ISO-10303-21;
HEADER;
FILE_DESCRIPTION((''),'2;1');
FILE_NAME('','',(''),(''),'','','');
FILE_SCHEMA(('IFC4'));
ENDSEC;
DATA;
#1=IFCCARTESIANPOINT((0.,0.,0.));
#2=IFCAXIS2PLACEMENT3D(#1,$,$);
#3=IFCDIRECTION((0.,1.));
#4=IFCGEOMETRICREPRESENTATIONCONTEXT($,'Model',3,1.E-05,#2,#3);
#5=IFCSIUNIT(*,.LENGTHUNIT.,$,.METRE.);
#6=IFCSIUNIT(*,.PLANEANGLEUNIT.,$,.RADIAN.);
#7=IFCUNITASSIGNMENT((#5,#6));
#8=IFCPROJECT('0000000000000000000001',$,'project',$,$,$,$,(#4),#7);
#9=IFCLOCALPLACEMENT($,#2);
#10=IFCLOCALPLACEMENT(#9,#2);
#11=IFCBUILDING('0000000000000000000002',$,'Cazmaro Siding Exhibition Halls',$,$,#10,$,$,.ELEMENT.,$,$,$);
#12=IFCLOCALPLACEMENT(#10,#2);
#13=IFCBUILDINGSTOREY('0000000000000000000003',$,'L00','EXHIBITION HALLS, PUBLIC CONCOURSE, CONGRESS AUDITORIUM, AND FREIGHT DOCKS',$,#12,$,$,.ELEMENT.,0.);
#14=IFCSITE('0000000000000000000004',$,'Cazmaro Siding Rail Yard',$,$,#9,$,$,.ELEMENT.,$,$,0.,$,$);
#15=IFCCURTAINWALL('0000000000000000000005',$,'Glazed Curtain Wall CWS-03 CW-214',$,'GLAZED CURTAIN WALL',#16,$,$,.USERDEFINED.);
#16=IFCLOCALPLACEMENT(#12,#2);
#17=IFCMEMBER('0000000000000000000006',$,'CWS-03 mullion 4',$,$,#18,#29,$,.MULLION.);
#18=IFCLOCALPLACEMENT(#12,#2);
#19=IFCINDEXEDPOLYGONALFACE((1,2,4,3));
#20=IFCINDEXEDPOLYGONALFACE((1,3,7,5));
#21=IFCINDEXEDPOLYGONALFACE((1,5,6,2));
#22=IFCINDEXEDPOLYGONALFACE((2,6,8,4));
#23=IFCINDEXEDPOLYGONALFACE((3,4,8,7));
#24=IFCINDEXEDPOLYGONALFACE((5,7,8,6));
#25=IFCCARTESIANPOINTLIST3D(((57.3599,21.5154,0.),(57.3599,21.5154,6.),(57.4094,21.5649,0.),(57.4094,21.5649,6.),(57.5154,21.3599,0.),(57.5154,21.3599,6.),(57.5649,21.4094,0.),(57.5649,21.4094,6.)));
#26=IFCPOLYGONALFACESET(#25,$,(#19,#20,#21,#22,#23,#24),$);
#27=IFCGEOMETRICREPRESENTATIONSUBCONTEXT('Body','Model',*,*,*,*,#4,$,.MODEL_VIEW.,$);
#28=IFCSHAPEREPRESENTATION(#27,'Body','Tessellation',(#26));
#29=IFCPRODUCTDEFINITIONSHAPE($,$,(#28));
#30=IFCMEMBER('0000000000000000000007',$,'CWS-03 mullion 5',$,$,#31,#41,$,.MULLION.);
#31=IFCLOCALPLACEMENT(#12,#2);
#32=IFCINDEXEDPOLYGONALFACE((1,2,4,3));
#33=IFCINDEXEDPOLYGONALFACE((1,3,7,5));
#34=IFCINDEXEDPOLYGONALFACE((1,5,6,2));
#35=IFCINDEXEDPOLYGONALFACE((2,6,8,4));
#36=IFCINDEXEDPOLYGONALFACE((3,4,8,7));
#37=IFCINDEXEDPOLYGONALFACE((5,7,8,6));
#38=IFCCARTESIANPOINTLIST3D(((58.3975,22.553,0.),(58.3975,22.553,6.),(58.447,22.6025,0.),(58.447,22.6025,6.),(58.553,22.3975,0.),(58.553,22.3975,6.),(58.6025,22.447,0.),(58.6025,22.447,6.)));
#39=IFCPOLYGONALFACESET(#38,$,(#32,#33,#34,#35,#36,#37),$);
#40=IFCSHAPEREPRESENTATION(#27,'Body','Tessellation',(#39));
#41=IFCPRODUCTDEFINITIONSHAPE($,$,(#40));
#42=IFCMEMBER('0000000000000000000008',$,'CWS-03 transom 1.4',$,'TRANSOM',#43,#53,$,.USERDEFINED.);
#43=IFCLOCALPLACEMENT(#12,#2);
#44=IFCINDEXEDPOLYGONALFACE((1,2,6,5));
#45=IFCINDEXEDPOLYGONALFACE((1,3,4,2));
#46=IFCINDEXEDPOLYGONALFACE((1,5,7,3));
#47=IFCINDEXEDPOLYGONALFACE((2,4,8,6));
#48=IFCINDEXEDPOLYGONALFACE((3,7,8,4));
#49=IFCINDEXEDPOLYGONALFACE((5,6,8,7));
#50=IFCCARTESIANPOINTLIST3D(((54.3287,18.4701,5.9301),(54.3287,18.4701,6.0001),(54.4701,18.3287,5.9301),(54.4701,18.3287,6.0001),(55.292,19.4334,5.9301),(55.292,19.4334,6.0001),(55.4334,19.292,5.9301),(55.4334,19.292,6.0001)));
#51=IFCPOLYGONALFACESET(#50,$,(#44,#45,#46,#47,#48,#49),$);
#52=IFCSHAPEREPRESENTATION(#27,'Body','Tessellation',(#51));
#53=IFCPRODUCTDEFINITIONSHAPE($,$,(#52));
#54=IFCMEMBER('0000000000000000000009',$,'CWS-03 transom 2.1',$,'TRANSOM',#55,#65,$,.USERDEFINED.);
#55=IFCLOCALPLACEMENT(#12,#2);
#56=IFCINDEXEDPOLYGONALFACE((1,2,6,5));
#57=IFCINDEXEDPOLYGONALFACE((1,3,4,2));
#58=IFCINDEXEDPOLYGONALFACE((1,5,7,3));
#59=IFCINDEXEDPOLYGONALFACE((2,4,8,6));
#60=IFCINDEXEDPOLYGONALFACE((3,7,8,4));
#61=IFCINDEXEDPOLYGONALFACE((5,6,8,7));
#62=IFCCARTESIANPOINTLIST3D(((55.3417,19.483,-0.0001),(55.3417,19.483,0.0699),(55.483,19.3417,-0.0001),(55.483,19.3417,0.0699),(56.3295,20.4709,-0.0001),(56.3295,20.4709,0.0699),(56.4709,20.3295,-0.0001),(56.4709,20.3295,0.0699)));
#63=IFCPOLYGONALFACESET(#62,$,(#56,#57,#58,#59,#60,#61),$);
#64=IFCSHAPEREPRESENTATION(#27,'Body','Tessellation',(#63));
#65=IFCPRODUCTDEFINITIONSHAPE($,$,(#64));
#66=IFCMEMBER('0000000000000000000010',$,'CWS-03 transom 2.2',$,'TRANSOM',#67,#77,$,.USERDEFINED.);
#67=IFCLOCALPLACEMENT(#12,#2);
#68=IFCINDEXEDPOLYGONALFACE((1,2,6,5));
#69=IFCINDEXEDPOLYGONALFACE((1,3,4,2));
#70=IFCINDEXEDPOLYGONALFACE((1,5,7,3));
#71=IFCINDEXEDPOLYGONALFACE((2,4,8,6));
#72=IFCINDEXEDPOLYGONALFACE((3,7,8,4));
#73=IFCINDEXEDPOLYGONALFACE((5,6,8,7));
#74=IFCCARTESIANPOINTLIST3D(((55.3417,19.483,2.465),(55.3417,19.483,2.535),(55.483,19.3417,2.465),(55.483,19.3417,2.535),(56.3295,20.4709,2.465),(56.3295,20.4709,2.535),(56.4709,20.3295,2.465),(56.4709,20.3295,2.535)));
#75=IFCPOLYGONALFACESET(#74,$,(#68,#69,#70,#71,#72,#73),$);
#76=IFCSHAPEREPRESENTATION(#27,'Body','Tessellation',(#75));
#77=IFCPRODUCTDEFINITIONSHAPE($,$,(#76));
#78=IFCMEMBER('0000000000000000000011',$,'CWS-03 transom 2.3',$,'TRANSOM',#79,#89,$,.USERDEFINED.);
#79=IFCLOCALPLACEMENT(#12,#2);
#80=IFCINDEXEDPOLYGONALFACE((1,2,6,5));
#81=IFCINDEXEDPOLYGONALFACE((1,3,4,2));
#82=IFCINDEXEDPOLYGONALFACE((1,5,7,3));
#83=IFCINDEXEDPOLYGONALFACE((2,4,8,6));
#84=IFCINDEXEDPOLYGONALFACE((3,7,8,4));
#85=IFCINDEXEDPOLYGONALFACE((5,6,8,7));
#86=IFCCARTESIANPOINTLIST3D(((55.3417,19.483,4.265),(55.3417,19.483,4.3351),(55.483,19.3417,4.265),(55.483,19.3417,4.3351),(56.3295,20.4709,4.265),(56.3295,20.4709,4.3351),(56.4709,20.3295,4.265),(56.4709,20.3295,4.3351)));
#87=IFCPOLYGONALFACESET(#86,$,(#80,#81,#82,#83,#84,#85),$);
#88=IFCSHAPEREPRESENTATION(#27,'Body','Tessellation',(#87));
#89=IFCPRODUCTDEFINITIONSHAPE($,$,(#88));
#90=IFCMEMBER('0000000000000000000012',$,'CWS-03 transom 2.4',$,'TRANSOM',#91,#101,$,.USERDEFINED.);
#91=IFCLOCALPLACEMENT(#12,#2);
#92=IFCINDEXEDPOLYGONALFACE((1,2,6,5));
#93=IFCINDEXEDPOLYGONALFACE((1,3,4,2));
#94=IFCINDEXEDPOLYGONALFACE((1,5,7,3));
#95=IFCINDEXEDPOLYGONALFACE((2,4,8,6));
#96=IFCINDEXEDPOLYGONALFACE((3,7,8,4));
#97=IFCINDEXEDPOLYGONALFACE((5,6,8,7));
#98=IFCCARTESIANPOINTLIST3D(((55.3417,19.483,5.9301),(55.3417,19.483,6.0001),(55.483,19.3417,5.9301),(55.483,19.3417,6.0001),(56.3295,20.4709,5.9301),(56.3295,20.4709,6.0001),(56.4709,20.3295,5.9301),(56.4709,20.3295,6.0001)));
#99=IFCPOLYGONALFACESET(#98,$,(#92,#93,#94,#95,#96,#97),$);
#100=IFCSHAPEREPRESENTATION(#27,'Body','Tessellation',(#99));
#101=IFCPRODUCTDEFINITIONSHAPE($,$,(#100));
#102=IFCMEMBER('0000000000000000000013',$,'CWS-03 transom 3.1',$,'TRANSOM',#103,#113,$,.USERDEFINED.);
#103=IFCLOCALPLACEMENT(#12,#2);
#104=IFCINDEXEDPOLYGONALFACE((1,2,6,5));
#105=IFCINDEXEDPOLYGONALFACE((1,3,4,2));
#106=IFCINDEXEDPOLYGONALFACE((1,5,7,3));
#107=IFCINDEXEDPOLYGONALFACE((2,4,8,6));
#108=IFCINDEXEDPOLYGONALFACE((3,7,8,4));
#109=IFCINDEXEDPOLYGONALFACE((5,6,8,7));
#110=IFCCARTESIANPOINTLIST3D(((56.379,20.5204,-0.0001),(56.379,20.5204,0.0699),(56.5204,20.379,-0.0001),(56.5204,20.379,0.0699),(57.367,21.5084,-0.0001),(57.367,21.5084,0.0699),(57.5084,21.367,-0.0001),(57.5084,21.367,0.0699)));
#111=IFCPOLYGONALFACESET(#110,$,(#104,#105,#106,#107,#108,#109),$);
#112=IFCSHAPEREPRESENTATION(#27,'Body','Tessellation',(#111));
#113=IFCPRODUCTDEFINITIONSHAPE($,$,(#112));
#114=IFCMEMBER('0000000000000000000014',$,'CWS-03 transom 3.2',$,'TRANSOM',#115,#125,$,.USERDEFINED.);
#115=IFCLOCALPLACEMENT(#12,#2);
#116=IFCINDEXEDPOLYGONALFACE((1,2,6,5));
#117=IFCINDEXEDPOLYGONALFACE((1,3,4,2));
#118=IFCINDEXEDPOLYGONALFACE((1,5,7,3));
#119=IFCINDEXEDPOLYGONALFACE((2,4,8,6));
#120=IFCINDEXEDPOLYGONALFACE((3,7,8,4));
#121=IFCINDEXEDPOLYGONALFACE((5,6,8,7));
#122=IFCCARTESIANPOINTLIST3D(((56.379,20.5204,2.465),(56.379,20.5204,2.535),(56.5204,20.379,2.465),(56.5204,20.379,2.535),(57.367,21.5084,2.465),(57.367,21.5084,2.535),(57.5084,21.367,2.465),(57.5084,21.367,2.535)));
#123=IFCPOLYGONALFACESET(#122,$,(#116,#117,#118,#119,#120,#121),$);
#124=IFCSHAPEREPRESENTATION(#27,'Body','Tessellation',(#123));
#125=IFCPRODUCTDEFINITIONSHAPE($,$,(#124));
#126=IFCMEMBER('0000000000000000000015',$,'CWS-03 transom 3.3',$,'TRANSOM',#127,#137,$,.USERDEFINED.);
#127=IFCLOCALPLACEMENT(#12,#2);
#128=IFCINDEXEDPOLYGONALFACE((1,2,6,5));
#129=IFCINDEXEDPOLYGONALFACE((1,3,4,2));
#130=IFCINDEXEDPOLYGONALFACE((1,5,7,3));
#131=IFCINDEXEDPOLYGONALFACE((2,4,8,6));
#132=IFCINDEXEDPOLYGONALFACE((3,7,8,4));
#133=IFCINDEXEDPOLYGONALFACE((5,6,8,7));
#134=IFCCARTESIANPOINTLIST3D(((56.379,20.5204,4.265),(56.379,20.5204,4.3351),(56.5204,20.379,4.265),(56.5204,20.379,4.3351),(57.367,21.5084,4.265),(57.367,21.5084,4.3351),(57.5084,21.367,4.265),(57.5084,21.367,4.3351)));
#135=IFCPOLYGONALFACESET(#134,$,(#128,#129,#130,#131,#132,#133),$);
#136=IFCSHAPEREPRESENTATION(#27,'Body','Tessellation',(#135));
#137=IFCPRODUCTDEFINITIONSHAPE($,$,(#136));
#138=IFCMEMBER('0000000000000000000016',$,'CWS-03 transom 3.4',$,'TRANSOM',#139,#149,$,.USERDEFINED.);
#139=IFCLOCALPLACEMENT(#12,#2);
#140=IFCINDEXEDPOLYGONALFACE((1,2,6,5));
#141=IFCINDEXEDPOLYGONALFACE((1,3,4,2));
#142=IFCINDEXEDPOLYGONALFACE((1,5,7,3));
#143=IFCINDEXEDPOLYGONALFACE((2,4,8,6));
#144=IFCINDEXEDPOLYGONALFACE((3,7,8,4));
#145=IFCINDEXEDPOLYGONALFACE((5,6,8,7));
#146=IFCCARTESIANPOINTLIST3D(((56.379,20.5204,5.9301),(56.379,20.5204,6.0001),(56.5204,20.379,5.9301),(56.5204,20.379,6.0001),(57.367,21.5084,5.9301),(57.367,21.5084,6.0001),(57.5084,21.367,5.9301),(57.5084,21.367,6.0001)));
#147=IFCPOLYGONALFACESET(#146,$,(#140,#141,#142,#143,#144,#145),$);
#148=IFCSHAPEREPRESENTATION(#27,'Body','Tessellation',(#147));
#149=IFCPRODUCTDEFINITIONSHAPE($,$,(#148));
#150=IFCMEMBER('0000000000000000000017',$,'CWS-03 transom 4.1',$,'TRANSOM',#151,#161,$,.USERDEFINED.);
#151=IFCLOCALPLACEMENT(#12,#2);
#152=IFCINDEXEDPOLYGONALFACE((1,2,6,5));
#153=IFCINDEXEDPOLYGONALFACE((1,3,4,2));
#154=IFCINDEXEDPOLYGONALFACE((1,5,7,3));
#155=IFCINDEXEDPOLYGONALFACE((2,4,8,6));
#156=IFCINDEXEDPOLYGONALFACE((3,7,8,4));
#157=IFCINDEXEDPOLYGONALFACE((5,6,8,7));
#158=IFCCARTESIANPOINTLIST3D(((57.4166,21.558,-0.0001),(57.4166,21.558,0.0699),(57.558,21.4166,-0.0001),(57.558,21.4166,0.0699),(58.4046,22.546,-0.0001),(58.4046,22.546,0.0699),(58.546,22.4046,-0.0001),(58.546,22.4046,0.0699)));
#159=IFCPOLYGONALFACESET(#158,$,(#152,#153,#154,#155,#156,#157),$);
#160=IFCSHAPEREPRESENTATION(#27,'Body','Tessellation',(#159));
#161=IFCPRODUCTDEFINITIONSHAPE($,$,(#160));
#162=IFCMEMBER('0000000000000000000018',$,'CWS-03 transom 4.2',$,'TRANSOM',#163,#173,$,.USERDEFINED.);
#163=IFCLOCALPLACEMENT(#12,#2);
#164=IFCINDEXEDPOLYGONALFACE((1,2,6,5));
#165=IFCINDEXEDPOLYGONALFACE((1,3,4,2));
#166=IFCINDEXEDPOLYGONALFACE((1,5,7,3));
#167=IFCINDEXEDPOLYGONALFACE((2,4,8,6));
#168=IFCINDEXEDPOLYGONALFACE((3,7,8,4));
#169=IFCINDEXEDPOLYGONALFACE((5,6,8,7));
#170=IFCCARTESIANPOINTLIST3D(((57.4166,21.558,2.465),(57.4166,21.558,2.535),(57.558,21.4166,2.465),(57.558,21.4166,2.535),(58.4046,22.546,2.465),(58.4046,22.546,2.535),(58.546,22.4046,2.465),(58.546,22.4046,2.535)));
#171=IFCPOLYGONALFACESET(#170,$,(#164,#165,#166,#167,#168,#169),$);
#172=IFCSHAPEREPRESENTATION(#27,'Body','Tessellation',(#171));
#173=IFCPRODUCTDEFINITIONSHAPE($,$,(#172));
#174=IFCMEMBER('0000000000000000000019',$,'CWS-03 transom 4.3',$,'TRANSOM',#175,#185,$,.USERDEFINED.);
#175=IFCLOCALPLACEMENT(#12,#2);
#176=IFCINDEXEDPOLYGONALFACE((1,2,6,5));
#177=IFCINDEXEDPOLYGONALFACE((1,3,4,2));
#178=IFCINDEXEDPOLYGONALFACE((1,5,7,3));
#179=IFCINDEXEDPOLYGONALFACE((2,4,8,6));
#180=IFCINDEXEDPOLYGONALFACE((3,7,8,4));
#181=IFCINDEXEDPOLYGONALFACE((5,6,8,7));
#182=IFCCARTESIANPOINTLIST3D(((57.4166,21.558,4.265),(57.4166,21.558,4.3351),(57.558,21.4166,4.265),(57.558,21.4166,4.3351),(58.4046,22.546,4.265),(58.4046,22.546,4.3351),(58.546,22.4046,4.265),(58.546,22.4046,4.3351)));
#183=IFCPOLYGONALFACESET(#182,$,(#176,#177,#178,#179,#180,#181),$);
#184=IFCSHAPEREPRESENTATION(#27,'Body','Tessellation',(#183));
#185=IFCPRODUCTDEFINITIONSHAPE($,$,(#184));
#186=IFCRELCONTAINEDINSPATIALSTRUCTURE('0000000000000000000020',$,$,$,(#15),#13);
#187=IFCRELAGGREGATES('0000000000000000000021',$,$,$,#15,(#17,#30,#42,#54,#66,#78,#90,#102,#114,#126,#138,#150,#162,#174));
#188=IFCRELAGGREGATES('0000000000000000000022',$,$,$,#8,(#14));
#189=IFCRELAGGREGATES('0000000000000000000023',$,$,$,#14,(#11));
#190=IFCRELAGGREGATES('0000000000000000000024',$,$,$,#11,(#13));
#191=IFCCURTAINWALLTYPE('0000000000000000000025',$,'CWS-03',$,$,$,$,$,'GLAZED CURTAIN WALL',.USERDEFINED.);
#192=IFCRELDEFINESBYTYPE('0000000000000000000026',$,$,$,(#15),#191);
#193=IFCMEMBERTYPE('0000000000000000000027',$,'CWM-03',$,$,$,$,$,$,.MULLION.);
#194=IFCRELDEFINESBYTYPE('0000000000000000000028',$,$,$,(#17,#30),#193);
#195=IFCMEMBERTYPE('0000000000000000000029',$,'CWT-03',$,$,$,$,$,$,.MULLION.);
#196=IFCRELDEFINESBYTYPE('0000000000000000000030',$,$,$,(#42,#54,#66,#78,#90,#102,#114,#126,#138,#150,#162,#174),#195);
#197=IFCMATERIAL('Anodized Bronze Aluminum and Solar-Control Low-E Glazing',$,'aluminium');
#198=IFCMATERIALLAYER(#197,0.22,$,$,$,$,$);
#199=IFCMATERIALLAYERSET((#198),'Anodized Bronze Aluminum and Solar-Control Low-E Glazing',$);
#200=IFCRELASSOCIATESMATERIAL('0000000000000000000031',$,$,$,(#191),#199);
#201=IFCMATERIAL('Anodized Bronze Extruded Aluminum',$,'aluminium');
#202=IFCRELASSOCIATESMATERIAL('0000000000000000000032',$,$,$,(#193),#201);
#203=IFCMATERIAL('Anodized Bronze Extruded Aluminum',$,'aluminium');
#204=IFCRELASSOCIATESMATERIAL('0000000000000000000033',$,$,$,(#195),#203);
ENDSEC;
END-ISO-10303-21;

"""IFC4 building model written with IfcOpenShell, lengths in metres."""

from ifc_helpers import new_model, si_unit, direction, frame, origin, origin_2d, place, context, subcontext, project, spatial, rectangle, extrude, material, layer, layer_set, material_profile, profile_set, type_object, element, aggregate, save


model = new_model("IFC4")

# Units and contexts
model_context = context("Model", 3, precision=1e-05, world=origin(), true_north=direction((0.0, 1.0)))
body_context = subcontext(model_context, "Body", "Model", "MODEL_VIEW")
ifc_project = project(units=[si_unit("LENGTHUNIT", "METRE"), si_unit("PLANEANGLEUNIT", "RADIAN")], contexts=[model_context])

# Site, building, storey
site_placement = place(None, origin())
site = spatial("IfcSite", under=ifc_project, at=site_placement, Name="Cazmaro Siding Rail Yard", CompositionType="ELEMENT", RefElevation=0.0)
building_placement = place(site_placement, origin())
building = spatial("IfcBuilding", under=site, at=building_placement, Name="Cazmaro Siding Exhibition Halls", CompositionType="ELEMENT")
storey_placement = place(building_placement, origin())
storey = spatial("IfcBuildingStorey", under=building, at=storey_placement, Name="L00", Description="EXHIBITION HALLS, PUBLIC CONCOURSE, CONGRESS AUDITORIUM, AND FREIGHT DOCKS", CompositionType="ELEMENT", Elevation=0.0)

# Curtain wall, members
ifc_material_1 = material(Name="Anodized Bronze Aluminum and Solar-Control Low-E Glazing", Category="aluminium")
ifc_layer_1 = layer(ifc_material_1, 0.22)
ifc_layer_set_1 = layer_set([ifc_layer_1], Name="Anodized Bronze Aluminum and Solar-Control Low-E Glazing")
curtain_wall_type = type_object("IfcCurtainWallType", Name="CWS-03", ElementType="GLAZED CURTAIN WALL", PredefinedType="USERDEFINED", material=ifc_layer_set_1)
curtain_wall_placement = place(storey_placement, origin())
curtain_wall = element("IfcCurtainWall", 1, at=curtain_wall_placement, inside=storey, type_object=curtain_wall_type, Name="Glazed Curtain Wall CWS-03 CW-214", ObjectType="GLAZED CURTAIN WALL", PredefinedType="USERDEFINED")
ifc_material_2 = material(Name="Anodized Bronze Extruded Aluminum", Category="aluminium")
ifc_material_profile_1 = material_profile(ifc_material_2, rectangle(XDim=0.22, YDim=0.0701, at=origin_2d()), Name="CWM-03")
ifc_profile_set_1 = profile_set([ifc_material_profile_1], Name="Anodized Bronze Extruded Aluminum")
member_type_1 = type_object("IfcMemberType", Name="CWM-03", PredefinedType="MULLION", material=ifc_profile_set_1)
member_1_placement = place(storey_placement, frame((57.4624, 21.4624, 0.0), z_axis=(0.0, 0.0, 1.0), x_axis=(-0.707107, 0.707107, 0.0)))
member_1 = element("IfcMember", 2, at=member_1_placement, type_object=member_type_1, Name="CWS-03 mullion 4", PredefinedType="MULLION", context=body_context, shape_type="SweptSolid", body=[
    extrude(rectangle(XDim=0.22, YDim=0.0701, at=origin_2d()), origin(), (0.0, 0.0, 1.0), 6.0),
])
member_2_placement = place(storey_placement, frame((58.5, 22.5, 0.0), z_axis=(0.0, 0.0, 1.0), x_axis=(-0.707107, 0.707107, 0.0)))
member_2 = element("IfcMember", 3, at=member_2_placement, type_object=member_type_1, Name="CWS-03 mullion 5", PredefinedType="MULLION", context=body_context, shape_type="SweptSolid", body=[
    extrude(rectangle(XDim=0.22, YDim=0.0701, at=origin_2d()), origin(), (0.0, 0.0, 1.0), 6.0),
])
ifc_material_3 = material(Name="Anodized Bronze Extruded Aluminum", Category="aluminium")
ifc_material_profile_2 = material_profile(ifc_material_3, rectangle(XDim=0.2, YDim=0.0701, at=origin_2d()), Name="CWT-03")
ifc_profile_set_2 = profile_set([ifc_material_profile_2], Name="Anodized Bronze Extruded Aluminum")
member_type_2 = type_object("IfcMemberType", Name="CWT-03", PredefinedType="MULLION", material=ifc_profile_set_2)
member_3_placement = place(storey_placement, frame((54.3994, 18.3994, 5.9651), z_axis=(0.707107, 0.707107, 0.0), x_axis=(-0.707107, 0.707107, 0.0)))
member_3 = element("IfcMember", 4, at=member_3_placement, type_object=member_type_2, Name="CWS-03 transom 1.4", ObjectType="TRANSOM", PredefinedType="USERDEFINED", context=body_context, shape_type="SweptSolid", body=[
    extrude(rectangle(XDim=0.2, YDim=0.0701, at=origin_2d()), origin(), (0.0, 0.0, 1.0), 1.3623),
])
member_4_placement = place(storey_placement, frame((55.4124, 19.4124, 0.0349), z_axis=(0.707107, 0.707107, 0.0), x_axis=(-0.707107, 0.707107, 0.0)))
member_4 = element("IfcMember", 5, at=member_4_placement, type_object=member_type_2, Name="CWS-03 transom 2.1", ObjectType="TRANSOM", PredefinedType="USERDEFINED", context=body_context, shape_type="SweptSolid", body=[
    extrude(rectangle(XDim=0.2, YDim=0.0701, at=origin_2d()), origin(), (0.0, 0.0, 1.0), 1.397),
])
member_5_placement = place(storey_placement, frame((55.4124, 19.4124, 2.5), z_axis=(0.707107, 0.707107, 0.0), x_axis=(-0.707107, 0.707107, 0.0)))
member_5 = element("IfcMember", 6, at=member_5_placement, type_object=member_type_2, Name="CWS-03 transom 2.2", ObjectType="TRANSOM", PredefinedType="USERDEFINED", context=body_context, shape_type="SweptSolid", body=[
    extrude(rectangle(XDim=0.2, YDim=0.0701, at=origin_2d()), origin(), (0.0, 0.0, 1.0), 1.397),
])
member_6_placement = place(storey_placement, frame((55.4124, 19.4124, 4.3), z_axis=(0.707107, 0.707107, 0.0), x_axis=(-0.707107, 0.707107, 0.0)))
member_6 = element("IfcMember", 7, at=member_6_placement, type_object=member_type_2, Name="CWS-03 transom 2.3", ObjectType="TRANSOM", PredefinedType="USERDEFINED", context=body_context, shape_type="SweptSolid", body=[
    extrude(rectangle(XDim=0.2, YDim=0.0701, at=origin_2d()), origin(), (0.0, 0.0, 1.0), 1.397),
])
member_7_placement = place(storey_placement, frame((55.4124, 19.4124, 5.9651), z_axis=(0.707107, 0.707107, 0.0), x_axis=(-0.707107, 0.707107, 0.0)))
member_7 = element("IfcMember", 8, at=member_7_placement, type_object=member_type_2, Name="CWS-03 transom 2.4", ObjectType="TRANSOM", PredefinedType="USERDEFINED", context=body_context, shape_type="SweptSolid", body=[
    extrude(rectangle(XDim=0.2, YDim=0.0701, at=origin_2d()), origin(), (0.0, 0.0, 1.0), 1.397),
])
member_8_placement = place(storey_placement, frame((56.4497, 20.4497, 0.0349), z_axis=(0.707107, 0.707107, 0.0), x_axis=(-0.707107, 0.707107, 0.0)))
member_8 = element("IfcMember", 9, at=member_8_placement, type_object=member_type_2, Name="CWS-03 transom 3.1", ObjectType="TRANSOM", PredefinedType="USERDEFINED", context=body_context, shape_type="SweptSolid", body=[
    extrude(rectangle(XDim=0.2, YDim=0.0701, at=origin_2d()), origin(), (0.0, 0.0, 1.0), 1.3972),
])
member_9_placement = place(storey_placement, frame((56.4497, 20.4497, 2.5), z_axis=(0.707107, 0.707107, 0.0), x_axis=(-0.707107, 0.707107, 0.0)))
member_9 = element("IfcMember", 10, at=member_9_placement, type_object=member_type_2, Name="CWS-03 transom 3.2", ObjectType="TRANSOM", PredefinedType="USERDEFINED", context=body_context, shape_type="SweptSolid", body=[
    extrude(rectangle(XDim=0.2, YDim=0.0701, at=origin_2d()), origin(), (0.0, 0.0, 1.0), 1.3972),
])
member_10_placement = place(storey_placement, frame((56.4497, 20.4497, 4.3), z_axis=(0.707107, 0.707107, 0.0), x_axis=(-0.707107, 0.707107, 0.0)))
member_10 = element("IfcMember", 11, at=member_10_placement, type_object=member_type_2, Name="CWS-03 transom 3.3", ObjectType="TRANSOM", PredefinedType="USERDEFINED", context=body_context, shape_type="SweptSolid", body=[
    extrude(rectangle(XDim=0.2, YDim=0.0701, at=origin_2d()), origin(), (0.0, 0.0, 1.0), 1.3972),
])
member_11_placement = place(storey_placement, frame((56.4497, 20.4497, 5.9651), z_axis=(0.707107, 0.707107, 0.0), x_axis=(-0.707107, 0.707107, 0.0)))
member_11 = element("IfcMember", 12, at=member_11_placement, type_object=member_type_2, Name="CWS-03 transom 3.4", ObjectType="TRANSOM", PredefinedType="USERDEFINED", context=body_context, shape_type="SweptSolid", body=[
    extrude(rectangle(XDim=0.2, YDim=0.0701, at=origin_2d()), origin(), (0.0, 0.0, 1.0), 1.3972),
])
member_12_placement = place(storey_placement, frame((57.4873, 21.4873, 0.0349), z_axis=(0.707107, 0.707107, 0.0), x_axis=(-0.707107, 0.707107, 0.0)))
member_12 = element("IfcMember", 13, at=member_12_placement, type_object=member_type_2, Name="CWS-03 transom 4.1", ObjectType="TRANSOM", PredefinedType="USERDEFINED", context=body_context, shape_type="SweptSolid", body=[
    extrude(rectangle(XDim=0.2, YDim=0.0701, at=origin_2d()), origin(), (0.0, 0.0, 1.0), 1.3972),
])
member_13_placement = place(storey_placement, frame((57.4873, 21.4873, 2.5), z_axis=(0.707107, 0.707107, 0.0), x_axis=(-0.707107, 0.707107, 0.0)))
member_13 = element("IfcMember", 14, at=member_13_placement, type_object=member_type_2, Name="CWS-03 transom 4.2", ObjectType="TRANSOM", PredefinedType="USERDEFINED", context=body_context, shape_type="SweptSolid", body=[
    extrude(rectangle(XDim=0.2, YDim=0.0701, at=origin_2d()), origin(), (0.0, 0.0, 1.0), 1.3972),
])
member_14_placement = place(storey_placement, frame((57.4873, 21.4873, 4.3), z_axis=(0.707107, 0.707107, 0.0), x_axis=(-0.707107, 0.707107, 0.0)))
member_14 = element("IfcMember", 15, at=member_14_placement, type_object=member_type_2, Name="CWS-03 transom 4.3", ObjectType="TRANSOM", PredefinedType="USERDEFINED", context=body_context, shape_type="SweptSolid", body=[
    extrude(rectangle(XDim=0.2, YDim=0.0701, at=origin_2d()), origin(), (0.0, 0.0, 1.0), 1.3972),
])
aggregate(curtain_wall, [member_1, member_2, member_3, member_4, member_5, member_6, member_7, member_8, member_9, member_10, member_11, member_12, member_13, member_14])

save(model, "model.ifc")
